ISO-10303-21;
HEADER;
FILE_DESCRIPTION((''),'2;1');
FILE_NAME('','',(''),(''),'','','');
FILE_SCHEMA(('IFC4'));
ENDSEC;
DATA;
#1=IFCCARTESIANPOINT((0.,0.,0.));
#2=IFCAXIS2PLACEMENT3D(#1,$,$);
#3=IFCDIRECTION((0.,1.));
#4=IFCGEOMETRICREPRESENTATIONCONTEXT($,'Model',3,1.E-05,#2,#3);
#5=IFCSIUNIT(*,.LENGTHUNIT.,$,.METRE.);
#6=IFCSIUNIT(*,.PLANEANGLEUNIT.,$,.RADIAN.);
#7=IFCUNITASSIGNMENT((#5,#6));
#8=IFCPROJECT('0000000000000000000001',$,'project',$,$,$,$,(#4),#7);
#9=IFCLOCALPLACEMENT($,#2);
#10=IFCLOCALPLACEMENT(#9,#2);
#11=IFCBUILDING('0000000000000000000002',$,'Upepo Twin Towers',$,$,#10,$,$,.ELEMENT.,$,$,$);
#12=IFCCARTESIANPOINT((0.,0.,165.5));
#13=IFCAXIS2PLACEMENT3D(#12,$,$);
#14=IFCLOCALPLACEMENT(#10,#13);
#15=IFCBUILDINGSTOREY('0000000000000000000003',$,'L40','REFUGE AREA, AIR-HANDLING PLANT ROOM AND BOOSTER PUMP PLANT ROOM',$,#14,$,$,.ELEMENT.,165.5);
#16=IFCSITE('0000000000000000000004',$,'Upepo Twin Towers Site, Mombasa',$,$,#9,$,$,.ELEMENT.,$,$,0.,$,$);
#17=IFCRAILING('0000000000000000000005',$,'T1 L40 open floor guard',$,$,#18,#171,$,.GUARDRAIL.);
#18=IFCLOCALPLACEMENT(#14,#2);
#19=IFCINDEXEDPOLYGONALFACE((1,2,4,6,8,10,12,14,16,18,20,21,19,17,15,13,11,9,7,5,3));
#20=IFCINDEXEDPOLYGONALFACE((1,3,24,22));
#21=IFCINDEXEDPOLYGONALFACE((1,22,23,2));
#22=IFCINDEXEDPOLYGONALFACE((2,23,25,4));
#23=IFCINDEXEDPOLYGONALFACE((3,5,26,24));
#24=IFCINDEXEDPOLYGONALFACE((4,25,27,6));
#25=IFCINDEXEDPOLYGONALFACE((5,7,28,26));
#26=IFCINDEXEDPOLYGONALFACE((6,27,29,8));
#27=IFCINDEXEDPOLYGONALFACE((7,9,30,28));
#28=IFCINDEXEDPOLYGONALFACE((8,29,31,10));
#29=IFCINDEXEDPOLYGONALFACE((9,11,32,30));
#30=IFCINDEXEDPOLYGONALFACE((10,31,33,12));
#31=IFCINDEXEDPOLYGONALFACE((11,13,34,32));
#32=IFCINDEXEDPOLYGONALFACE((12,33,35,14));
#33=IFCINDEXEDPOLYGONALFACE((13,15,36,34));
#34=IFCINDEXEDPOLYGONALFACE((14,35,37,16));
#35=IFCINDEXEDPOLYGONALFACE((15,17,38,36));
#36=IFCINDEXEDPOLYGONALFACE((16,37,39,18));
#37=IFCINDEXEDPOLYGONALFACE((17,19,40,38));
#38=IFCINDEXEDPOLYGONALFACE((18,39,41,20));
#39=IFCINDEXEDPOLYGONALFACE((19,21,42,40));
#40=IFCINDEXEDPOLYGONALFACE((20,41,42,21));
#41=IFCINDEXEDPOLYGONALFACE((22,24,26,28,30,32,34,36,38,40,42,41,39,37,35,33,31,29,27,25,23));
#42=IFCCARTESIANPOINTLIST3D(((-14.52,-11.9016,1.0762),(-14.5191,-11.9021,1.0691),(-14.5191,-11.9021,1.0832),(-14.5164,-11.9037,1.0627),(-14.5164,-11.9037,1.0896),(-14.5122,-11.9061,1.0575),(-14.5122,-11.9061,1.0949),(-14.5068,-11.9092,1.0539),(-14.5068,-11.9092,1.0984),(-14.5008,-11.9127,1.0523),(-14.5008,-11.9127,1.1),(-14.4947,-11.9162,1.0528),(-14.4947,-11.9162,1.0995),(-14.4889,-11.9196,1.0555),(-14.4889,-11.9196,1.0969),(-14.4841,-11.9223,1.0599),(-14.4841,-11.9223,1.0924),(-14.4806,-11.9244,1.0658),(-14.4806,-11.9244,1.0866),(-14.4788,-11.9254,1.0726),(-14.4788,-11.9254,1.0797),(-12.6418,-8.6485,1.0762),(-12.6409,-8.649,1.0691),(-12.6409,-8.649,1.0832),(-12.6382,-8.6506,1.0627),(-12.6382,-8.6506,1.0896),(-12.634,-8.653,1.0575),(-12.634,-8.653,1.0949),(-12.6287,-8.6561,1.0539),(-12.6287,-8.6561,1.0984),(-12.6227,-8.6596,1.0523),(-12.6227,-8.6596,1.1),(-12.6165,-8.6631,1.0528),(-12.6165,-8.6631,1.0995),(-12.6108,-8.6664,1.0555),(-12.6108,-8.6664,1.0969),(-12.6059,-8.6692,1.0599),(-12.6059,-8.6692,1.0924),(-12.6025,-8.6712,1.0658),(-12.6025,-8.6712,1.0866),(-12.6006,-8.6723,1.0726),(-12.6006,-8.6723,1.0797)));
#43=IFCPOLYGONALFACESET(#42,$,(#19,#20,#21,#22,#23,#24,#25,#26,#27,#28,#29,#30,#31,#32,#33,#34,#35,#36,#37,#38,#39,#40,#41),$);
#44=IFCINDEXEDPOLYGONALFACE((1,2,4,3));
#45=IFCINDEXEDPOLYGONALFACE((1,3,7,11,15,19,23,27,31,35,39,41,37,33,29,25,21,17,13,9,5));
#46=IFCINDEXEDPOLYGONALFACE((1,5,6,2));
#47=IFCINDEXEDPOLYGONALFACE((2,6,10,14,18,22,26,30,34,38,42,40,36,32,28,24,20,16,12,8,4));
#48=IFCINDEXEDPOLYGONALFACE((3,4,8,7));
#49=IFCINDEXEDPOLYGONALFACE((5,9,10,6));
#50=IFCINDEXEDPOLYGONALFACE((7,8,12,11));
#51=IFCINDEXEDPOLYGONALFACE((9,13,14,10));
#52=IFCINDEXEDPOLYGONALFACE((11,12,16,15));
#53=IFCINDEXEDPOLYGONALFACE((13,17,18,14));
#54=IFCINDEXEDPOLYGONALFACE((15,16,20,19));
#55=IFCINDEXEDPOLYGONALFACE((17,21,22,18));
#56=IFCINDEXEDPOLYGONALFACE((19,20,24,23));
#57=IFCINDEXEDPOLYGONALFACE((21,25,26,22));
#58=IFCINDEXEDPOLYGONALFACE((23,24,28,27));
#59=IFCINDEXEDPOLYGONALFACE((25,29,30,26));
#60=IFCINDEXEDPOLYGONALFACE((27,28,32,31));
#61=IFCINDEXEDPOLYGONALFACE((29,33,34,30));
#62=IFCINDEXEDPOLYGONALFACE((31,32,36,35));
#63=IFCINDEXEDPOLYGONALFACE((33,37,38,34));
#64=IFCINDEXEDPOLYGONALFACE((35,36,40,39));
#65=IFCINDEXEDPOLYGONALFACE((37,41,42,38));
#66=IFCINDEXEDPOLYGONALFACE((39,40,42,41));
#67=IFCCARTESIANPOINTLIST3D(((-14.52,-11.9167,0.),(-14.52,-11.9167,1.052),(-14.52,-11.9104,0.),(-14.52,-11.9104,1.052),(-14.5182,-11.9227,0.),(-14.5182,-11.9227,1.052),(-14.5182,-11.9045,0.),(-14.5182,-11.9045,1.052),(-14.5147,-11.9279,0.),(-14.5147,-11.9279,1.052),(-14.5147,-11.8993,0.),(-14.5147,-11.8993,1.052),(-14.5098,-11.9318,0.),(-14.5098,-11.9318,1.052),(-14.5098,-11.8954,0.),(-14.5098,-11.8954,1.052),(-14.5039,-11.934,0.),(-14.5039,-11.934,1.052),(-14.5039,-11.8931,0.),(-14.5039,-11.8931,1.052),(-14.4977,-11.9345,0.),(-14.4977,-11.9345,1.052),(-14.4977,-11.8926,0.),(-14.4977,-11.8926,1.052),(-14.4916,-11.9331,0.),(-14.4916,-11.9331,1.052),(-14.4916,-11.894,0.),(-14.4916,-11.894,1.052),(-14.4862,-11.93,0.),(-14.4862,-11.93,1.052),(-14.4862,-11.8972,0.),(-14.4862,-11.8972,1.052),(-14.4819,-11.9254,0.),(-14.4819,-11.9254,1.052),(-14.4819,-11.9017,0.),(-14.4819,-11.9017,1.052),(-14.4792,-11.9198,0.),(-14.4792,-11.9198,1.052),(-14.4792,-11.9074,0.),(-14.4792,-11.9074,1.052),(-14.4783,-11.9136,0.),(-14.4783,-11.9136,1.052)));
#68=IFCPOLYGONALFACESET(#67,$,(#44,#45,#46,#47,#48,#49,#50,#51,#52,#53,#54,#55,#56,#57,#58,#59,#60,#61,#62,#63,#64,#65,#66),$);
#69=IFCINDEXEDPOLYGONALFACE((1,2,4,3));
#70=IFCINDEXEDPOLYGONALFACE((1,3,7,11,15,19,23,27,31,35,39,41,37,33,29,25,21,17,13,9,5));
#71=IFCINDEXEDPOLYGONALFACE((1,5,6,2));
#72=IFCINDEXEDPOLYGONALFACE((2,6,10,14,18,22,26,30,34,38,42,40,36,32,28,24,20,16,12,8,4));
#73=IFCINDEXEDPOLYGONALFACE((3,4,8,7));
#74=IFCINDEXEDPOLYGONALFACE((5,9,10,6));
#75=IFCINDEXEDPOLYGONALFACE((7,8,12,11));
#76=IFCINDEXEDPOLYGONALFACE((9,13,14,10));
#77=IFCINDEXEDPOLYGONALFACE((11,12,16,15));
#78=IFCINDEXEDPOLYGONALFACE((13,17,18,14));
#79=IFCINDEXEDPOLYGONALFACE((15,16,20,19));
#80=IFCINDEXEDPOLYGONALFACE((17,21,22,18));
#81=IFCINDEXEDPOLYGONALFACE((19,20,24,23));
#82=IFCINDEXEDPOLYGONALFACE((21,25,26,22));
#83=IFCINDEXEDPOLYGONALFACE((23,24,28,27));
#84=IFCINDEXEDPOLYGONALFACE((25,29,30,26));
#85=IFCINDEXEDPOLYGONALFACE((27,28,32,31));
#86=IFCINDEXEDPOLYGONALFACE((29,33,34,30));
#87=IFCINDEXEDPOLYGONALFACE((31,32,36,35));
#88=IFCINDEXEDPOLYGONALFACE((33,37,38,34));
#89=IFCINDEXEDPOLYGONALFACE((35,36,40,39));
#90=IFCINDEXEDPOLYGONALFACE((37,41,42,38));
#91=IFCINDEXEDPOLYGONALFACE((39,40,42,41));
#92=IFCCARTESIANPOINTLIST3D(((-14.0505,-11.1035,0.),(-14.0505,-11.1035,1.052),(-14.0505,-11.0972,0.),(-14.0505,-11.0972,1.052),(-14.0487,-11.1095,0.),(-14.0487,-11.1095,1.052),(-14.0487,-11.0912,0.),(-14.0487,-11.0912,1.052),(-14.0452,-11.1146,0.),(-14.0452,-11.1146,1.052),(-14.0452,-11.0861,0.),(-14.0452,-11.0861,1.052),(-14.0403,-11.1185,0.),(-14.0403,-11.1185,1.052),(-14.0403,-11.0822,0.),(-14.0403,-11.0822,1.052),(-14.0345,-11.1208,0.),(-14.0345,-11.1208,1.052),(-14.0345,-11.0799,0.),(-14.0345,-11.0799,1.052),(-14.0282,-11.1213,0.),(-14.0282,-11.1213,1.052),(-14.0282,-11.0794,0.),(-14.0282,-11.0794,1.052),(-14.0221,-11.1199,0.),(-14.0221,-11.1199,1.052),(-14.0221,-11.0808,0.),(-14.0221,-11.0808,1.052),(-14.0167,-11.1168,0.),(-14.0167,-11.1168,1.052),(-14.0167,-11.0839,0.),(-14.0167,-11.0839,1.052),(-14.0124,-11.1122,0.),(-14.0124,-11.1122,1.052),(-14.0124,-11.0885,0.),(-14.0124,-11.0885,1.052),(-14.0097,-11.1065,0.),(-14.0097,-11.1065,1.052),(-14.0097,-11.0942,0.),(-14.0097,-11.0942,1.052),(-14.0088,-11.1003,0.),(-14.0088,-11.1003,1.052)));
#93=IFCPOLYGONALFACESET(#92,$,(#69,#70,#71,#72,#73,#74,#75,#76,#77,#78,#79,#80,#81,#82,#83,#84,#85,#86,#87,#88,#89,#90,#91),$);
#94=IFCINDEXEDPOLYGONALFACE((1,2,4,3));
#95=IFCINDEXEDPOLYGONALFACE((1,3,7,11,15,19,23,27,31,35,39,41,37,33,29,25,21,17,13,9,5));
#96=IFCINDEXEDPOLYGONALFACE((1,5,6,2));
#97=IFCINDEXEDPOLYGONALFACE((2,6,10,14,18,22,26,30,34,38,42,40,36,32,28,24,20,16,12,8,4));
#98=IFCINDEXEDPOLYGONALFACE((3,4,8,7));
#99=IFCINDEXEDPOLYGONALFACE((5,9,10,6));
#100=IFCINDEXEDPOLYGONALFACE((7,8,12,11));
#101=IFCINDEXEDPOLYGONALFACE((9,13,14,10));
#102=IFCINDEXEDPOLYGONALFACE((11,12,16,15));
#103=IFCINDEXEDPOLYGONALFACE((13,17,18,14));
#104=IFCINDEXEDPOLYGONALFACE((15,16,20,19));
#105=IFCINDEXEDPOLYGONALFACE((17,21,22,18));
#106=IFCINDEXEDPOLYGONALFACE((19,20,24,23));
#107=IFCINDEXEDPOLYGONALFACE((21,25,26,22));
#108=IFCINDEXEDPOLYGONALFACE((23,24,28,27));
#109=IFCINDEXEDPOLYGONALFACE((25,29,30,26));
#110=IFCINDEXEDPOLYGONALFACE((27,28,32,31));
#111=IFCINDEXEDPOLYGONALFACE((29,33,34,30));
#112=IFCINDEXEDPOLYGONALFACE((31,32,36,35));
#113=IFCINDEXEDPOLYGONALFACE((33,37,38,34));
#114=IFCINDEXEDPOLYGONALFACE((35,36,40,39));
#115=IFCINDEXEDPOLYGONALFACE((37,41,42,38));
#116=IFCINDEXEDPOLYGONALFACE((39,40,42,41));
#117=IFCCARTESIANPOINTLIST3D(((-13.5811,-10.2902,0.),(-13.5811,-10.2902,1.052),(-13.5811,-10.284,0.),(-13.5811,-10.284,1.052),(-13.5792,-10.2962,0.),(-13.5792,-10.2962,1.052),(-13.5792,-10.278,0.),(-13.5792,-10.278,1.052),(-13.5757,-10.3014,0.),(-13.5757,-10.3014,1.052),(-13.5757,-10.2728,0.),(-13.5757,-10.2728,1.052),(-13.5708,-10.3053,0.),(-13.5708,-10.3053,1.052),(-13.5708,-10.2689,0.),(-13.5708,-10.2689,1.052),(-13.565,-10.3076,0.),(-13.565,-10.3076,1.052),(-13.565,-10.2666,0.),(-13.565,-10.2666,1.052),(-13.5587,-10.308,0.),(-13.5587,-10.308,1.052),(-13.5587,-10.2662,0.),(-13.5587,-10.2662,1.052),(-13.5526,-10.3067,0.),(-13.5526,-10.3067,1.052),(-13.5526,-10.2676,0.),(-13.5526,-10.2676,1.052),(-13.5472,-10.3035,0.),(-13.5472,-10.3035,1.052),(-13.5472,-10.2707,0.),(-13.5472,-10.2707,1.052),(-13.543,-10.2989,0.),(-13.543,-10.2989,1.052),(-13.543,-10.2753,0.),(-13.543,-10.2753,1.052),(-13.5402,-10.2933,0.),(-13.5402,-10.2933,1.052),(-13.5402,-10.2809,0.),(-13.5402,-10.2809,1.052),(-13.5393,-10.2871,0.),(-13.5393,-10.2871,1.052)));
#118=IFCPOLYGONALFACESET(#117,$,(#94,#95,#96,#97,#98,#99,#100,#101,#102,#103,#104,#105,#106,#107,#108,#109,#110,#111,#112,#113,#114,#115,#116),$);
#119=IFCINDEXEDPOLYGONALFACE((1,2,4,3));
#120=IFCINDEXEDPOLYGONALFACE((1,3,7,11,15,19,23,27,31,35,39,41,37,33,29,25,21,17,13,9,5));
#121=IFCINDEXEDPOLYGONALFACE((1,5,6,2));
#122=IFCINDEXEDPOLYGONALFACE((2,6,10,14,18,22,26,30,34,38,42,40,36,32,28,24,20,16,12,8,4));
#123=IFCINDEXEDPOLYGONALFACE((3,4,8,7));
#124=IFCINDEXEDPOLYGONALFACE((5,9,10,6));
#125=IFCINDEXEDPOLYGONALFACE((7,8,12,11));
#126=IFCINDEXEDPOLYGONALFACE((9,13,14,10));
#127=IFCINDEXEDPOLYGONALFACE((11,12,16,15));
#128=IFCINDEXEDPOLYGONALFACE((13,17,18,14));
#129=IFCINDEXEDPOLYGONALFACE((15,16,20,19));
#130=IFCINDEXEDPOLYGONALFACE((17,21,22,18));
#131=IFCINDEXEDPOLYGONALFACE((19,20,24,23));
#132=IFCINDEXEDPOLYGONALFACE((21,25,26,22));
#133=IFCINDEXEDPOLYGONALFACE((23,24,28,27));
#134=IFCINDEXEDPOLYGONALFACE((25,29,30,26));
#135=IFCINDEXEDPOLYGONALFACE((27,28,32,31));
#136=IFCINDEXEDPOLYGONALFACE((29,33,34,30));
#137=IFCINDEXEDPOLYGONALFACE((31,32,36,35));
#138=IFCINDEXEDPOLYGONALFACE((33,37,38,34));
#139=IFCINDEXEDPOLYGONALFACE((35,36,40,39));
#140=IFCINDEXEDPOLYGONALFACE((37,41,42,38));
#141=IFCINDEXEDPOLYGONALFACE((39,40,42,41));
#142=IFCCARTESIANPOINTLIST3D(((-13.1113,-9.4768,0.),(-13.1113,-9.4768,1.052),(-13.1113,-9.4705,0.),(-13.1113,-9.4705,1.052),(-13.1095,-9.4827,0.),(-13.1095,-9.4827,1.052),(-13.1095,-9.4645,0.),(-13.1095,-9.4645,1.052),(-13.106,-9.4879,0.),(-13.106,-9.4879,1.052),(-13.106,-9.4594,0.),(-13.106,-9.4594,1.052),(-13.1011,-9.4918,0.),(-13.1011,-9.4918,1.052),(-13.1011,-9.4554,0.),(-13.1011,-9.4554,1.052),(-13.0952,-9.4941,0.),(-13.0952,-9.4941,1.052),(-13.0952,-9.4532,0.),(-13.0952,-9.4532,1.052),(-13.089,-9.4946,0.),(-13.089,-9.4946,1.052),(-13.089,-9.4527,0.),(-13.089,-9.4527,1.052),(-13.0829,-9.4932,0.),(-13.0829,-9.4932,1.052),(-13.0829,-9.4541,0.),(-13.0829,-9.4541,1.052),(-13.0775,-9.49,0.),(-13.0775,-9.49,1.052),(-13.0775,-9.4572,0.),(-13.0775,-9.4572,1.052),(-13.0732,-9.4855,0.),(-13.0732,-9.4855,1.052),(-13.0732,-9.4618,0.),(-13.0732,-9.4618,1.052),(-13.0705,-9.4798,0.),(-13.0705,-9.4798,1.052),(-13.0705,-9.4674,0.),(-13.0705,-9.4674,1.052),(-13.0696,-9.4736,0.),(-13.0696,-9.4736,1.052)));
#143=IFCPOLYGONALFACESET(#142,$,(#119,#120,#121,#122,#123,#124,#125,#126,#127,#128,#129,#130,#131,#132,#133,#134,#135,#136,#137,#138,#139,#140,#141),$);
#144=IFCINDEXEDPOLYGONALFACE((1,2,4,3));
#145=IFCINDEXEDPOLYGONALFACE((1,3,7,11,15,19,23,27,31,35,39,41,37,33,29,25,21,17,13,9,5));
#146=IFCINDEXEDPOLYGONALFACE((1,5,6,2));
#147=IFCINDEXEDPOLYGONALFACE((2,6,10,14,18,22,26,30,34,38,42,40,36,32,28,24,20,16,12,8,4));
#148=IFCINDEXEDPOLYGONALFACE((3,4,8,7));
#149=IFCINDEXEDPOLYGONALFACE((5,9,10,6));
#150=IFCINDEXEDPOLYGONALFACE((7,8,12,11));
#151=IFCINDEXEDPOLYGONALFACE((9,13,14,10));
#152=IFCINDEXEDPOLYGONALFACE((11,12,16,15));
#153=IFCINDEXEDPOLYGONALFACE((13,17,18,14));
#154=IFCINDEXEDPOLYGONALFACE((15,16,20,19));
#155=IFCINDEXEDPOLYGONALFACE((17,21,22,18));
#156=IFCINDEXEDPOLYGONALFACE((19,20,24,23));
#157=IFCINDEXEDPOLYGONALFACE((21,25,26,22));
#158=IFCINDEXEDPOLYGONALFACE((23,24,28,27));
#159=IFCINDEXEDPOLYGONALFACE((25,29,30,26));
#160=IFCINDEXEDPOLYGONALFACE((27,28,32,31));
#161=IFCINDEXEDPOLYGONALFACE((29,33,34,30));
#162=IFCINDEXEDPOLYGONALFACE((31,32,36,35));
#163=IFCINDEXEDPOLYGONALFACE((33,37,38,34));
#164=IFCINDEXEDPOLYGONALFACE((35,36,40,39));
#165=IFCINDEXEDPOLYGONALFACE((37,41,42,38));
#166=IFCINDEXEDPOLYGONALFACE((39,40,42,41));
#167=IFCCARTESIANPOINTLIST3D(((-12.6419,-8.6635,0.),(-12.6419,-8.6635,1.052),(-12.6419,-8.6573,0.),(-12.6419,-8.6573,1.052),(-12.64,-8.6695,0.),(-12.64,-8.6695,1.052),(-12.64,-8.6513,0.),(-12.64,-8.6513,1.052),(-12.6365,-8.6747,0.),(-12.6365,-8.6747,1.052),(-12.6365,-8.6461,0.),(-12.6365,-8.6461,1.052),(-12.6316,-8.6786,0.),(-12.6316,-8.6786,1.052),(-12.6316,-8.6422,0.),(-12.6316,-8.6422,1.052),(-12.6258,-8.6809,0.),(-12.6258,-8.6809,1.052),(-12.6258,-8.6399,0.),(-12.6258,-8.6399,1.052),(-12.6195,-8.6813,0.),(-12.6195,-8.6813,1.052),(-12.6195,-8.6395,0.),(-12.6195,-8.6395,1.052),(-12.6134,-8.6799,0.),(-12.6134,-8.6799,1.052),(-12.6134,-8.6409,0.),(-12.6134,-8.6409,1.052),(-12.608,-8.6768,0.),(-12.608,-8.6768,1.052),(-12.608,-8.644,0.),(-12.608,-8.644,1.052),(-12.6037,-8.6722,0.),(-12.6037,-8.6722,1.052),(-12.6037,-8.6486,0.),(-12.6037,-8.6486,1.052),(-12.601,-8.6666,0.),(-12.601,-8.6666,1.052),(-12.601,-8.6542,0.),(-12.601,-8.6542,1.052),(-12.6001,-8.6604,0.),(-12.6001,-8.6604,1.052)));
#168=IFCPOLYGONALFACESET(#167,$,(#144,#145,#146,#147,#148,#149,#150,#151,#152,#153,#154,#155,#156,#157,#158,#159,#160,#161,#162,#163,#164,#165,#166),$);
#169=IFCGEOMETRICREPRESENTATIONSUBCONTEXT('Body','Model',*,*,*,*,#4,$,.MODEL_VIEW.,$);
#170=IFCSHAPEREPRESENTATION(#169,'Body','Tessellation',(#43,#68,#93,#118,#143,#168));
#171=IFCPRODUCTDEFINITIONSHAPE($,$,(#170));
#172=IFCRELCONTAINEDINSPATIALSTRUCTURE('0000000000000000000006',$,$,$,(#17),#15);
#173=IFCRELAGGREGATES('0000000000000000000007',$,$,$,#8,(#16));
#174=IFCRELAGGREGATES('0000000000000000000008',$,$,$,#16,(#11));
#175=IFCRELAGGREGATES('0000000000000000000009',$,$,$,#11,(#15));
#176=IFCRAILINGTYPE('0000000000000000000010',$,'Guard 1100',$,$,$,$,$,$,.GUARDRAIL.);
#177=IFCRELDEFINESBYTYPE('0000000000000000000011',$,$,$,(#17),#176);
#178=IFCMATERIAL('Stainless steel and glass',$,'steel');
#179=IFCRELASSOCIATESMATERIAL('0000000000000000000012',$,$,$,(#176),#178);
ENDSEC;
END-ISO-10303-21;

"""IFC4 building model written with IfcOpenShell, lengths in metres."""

from ifc_helpers import new_model, si_unit, direction, frame, origin, origin_2d, place, context, subcontext, project, spatial, circle, extrude, material, type_object, element, save


model = new_model("IFC4")

# Units and contexts
model_context = context("Model", 3, precision=1e-05, world=origin(), true_north=direction((0.0, 1.0)))
body_context = subcontext(model_context, "Body", "Model", "MODEL_VIEW")
ifc_project = project(units=[si_unit("LENGTHUNIT", "METRE"), si_unit("PLANEANGLEUNIT", "RADIAN")], contexts=[model_context])

# Site, building, storey
site_placement = place(None, origin())
site = spatial("IfcSite", under=ifc_project, at=site_placement, Name="Upepo Twin Towers Site, Mombasa", CompositionType="ELEMENT", RefElevation=0.0)
building_placement = place(site_placement, origin())
building = spatial("IfcBuilding", under=site, at=building_placement, Name="Upepo Twin Towers", CompositionType="ELEMENT")
storey_placement = place(building_placement, frame((0.0, 0.0, 165.5)))
storey = spatial("IfcBuildingStorey", under=building, at=storey_placement, Name="L40", Description="REFUGE AREA, AIR-HANDLING PLANT ROOM AND BOOSTER PUMP PLANT ROOM", CompositionType="ELEMENT", Elevation=165.5)

# Railing
ifc_material_1 = material(Name="Stainless steel and glass", Category="steel")
railing_type = type_object("IfcRailingType", Name="Guard 1100", PredefinedType="GUARDRAIL", material=ifc_material_1)
railing_1_placement = place(storey_placement, frame((-14.4993, -11.9136, 0.0)))
element("IfcRailing", 1, at=railing_1_placement, inside=storey, type_object=railing_type, Name="T1 L40 open floor guard", PredefinedType="GUARDRAIL", context=body_context, shape_type="SweptSolid", body=[
    extrude(circle(Radius=0.0239, at=origin_2d()), frame((0.0, 0.0, 1.0762), z_axis=(0.499991, 0.866031, 0.0), x_axis=(-0.866031, 0.499991, 0.0)), (0.0, 0.0, 1.0), 3.7563),
    extrude(circle(Radius=0.021, at=origin_2d()), origin(), (0.0, 0.0, 1.0), 1.052),
    extrude(circle(Radius=0.021, at=origin_2d()), frame((0.4695, 0.8132, 0.0)), (0.0, 0.0, 1.0), 1.052),
    extrude(circle(Radius=0.021, at=origin_2d()), frame((0.939, 1.6265, 0.0)), (0.0, 0.0, 1.0), 1.052),
    extrude(circle(Radius=0.021, at=origin_2d()), frame((1.4087, 2.4399, 0.0)), (0.0, 0.0, 1.0), 1.052),
    extrude(circle(Radius=0.021, at=origin_2d()), frame((1.8782, 3.2532, 0.0)), (0.0, 0.0, 1.0), 1.052),
])

save(model, "model.ifc")
